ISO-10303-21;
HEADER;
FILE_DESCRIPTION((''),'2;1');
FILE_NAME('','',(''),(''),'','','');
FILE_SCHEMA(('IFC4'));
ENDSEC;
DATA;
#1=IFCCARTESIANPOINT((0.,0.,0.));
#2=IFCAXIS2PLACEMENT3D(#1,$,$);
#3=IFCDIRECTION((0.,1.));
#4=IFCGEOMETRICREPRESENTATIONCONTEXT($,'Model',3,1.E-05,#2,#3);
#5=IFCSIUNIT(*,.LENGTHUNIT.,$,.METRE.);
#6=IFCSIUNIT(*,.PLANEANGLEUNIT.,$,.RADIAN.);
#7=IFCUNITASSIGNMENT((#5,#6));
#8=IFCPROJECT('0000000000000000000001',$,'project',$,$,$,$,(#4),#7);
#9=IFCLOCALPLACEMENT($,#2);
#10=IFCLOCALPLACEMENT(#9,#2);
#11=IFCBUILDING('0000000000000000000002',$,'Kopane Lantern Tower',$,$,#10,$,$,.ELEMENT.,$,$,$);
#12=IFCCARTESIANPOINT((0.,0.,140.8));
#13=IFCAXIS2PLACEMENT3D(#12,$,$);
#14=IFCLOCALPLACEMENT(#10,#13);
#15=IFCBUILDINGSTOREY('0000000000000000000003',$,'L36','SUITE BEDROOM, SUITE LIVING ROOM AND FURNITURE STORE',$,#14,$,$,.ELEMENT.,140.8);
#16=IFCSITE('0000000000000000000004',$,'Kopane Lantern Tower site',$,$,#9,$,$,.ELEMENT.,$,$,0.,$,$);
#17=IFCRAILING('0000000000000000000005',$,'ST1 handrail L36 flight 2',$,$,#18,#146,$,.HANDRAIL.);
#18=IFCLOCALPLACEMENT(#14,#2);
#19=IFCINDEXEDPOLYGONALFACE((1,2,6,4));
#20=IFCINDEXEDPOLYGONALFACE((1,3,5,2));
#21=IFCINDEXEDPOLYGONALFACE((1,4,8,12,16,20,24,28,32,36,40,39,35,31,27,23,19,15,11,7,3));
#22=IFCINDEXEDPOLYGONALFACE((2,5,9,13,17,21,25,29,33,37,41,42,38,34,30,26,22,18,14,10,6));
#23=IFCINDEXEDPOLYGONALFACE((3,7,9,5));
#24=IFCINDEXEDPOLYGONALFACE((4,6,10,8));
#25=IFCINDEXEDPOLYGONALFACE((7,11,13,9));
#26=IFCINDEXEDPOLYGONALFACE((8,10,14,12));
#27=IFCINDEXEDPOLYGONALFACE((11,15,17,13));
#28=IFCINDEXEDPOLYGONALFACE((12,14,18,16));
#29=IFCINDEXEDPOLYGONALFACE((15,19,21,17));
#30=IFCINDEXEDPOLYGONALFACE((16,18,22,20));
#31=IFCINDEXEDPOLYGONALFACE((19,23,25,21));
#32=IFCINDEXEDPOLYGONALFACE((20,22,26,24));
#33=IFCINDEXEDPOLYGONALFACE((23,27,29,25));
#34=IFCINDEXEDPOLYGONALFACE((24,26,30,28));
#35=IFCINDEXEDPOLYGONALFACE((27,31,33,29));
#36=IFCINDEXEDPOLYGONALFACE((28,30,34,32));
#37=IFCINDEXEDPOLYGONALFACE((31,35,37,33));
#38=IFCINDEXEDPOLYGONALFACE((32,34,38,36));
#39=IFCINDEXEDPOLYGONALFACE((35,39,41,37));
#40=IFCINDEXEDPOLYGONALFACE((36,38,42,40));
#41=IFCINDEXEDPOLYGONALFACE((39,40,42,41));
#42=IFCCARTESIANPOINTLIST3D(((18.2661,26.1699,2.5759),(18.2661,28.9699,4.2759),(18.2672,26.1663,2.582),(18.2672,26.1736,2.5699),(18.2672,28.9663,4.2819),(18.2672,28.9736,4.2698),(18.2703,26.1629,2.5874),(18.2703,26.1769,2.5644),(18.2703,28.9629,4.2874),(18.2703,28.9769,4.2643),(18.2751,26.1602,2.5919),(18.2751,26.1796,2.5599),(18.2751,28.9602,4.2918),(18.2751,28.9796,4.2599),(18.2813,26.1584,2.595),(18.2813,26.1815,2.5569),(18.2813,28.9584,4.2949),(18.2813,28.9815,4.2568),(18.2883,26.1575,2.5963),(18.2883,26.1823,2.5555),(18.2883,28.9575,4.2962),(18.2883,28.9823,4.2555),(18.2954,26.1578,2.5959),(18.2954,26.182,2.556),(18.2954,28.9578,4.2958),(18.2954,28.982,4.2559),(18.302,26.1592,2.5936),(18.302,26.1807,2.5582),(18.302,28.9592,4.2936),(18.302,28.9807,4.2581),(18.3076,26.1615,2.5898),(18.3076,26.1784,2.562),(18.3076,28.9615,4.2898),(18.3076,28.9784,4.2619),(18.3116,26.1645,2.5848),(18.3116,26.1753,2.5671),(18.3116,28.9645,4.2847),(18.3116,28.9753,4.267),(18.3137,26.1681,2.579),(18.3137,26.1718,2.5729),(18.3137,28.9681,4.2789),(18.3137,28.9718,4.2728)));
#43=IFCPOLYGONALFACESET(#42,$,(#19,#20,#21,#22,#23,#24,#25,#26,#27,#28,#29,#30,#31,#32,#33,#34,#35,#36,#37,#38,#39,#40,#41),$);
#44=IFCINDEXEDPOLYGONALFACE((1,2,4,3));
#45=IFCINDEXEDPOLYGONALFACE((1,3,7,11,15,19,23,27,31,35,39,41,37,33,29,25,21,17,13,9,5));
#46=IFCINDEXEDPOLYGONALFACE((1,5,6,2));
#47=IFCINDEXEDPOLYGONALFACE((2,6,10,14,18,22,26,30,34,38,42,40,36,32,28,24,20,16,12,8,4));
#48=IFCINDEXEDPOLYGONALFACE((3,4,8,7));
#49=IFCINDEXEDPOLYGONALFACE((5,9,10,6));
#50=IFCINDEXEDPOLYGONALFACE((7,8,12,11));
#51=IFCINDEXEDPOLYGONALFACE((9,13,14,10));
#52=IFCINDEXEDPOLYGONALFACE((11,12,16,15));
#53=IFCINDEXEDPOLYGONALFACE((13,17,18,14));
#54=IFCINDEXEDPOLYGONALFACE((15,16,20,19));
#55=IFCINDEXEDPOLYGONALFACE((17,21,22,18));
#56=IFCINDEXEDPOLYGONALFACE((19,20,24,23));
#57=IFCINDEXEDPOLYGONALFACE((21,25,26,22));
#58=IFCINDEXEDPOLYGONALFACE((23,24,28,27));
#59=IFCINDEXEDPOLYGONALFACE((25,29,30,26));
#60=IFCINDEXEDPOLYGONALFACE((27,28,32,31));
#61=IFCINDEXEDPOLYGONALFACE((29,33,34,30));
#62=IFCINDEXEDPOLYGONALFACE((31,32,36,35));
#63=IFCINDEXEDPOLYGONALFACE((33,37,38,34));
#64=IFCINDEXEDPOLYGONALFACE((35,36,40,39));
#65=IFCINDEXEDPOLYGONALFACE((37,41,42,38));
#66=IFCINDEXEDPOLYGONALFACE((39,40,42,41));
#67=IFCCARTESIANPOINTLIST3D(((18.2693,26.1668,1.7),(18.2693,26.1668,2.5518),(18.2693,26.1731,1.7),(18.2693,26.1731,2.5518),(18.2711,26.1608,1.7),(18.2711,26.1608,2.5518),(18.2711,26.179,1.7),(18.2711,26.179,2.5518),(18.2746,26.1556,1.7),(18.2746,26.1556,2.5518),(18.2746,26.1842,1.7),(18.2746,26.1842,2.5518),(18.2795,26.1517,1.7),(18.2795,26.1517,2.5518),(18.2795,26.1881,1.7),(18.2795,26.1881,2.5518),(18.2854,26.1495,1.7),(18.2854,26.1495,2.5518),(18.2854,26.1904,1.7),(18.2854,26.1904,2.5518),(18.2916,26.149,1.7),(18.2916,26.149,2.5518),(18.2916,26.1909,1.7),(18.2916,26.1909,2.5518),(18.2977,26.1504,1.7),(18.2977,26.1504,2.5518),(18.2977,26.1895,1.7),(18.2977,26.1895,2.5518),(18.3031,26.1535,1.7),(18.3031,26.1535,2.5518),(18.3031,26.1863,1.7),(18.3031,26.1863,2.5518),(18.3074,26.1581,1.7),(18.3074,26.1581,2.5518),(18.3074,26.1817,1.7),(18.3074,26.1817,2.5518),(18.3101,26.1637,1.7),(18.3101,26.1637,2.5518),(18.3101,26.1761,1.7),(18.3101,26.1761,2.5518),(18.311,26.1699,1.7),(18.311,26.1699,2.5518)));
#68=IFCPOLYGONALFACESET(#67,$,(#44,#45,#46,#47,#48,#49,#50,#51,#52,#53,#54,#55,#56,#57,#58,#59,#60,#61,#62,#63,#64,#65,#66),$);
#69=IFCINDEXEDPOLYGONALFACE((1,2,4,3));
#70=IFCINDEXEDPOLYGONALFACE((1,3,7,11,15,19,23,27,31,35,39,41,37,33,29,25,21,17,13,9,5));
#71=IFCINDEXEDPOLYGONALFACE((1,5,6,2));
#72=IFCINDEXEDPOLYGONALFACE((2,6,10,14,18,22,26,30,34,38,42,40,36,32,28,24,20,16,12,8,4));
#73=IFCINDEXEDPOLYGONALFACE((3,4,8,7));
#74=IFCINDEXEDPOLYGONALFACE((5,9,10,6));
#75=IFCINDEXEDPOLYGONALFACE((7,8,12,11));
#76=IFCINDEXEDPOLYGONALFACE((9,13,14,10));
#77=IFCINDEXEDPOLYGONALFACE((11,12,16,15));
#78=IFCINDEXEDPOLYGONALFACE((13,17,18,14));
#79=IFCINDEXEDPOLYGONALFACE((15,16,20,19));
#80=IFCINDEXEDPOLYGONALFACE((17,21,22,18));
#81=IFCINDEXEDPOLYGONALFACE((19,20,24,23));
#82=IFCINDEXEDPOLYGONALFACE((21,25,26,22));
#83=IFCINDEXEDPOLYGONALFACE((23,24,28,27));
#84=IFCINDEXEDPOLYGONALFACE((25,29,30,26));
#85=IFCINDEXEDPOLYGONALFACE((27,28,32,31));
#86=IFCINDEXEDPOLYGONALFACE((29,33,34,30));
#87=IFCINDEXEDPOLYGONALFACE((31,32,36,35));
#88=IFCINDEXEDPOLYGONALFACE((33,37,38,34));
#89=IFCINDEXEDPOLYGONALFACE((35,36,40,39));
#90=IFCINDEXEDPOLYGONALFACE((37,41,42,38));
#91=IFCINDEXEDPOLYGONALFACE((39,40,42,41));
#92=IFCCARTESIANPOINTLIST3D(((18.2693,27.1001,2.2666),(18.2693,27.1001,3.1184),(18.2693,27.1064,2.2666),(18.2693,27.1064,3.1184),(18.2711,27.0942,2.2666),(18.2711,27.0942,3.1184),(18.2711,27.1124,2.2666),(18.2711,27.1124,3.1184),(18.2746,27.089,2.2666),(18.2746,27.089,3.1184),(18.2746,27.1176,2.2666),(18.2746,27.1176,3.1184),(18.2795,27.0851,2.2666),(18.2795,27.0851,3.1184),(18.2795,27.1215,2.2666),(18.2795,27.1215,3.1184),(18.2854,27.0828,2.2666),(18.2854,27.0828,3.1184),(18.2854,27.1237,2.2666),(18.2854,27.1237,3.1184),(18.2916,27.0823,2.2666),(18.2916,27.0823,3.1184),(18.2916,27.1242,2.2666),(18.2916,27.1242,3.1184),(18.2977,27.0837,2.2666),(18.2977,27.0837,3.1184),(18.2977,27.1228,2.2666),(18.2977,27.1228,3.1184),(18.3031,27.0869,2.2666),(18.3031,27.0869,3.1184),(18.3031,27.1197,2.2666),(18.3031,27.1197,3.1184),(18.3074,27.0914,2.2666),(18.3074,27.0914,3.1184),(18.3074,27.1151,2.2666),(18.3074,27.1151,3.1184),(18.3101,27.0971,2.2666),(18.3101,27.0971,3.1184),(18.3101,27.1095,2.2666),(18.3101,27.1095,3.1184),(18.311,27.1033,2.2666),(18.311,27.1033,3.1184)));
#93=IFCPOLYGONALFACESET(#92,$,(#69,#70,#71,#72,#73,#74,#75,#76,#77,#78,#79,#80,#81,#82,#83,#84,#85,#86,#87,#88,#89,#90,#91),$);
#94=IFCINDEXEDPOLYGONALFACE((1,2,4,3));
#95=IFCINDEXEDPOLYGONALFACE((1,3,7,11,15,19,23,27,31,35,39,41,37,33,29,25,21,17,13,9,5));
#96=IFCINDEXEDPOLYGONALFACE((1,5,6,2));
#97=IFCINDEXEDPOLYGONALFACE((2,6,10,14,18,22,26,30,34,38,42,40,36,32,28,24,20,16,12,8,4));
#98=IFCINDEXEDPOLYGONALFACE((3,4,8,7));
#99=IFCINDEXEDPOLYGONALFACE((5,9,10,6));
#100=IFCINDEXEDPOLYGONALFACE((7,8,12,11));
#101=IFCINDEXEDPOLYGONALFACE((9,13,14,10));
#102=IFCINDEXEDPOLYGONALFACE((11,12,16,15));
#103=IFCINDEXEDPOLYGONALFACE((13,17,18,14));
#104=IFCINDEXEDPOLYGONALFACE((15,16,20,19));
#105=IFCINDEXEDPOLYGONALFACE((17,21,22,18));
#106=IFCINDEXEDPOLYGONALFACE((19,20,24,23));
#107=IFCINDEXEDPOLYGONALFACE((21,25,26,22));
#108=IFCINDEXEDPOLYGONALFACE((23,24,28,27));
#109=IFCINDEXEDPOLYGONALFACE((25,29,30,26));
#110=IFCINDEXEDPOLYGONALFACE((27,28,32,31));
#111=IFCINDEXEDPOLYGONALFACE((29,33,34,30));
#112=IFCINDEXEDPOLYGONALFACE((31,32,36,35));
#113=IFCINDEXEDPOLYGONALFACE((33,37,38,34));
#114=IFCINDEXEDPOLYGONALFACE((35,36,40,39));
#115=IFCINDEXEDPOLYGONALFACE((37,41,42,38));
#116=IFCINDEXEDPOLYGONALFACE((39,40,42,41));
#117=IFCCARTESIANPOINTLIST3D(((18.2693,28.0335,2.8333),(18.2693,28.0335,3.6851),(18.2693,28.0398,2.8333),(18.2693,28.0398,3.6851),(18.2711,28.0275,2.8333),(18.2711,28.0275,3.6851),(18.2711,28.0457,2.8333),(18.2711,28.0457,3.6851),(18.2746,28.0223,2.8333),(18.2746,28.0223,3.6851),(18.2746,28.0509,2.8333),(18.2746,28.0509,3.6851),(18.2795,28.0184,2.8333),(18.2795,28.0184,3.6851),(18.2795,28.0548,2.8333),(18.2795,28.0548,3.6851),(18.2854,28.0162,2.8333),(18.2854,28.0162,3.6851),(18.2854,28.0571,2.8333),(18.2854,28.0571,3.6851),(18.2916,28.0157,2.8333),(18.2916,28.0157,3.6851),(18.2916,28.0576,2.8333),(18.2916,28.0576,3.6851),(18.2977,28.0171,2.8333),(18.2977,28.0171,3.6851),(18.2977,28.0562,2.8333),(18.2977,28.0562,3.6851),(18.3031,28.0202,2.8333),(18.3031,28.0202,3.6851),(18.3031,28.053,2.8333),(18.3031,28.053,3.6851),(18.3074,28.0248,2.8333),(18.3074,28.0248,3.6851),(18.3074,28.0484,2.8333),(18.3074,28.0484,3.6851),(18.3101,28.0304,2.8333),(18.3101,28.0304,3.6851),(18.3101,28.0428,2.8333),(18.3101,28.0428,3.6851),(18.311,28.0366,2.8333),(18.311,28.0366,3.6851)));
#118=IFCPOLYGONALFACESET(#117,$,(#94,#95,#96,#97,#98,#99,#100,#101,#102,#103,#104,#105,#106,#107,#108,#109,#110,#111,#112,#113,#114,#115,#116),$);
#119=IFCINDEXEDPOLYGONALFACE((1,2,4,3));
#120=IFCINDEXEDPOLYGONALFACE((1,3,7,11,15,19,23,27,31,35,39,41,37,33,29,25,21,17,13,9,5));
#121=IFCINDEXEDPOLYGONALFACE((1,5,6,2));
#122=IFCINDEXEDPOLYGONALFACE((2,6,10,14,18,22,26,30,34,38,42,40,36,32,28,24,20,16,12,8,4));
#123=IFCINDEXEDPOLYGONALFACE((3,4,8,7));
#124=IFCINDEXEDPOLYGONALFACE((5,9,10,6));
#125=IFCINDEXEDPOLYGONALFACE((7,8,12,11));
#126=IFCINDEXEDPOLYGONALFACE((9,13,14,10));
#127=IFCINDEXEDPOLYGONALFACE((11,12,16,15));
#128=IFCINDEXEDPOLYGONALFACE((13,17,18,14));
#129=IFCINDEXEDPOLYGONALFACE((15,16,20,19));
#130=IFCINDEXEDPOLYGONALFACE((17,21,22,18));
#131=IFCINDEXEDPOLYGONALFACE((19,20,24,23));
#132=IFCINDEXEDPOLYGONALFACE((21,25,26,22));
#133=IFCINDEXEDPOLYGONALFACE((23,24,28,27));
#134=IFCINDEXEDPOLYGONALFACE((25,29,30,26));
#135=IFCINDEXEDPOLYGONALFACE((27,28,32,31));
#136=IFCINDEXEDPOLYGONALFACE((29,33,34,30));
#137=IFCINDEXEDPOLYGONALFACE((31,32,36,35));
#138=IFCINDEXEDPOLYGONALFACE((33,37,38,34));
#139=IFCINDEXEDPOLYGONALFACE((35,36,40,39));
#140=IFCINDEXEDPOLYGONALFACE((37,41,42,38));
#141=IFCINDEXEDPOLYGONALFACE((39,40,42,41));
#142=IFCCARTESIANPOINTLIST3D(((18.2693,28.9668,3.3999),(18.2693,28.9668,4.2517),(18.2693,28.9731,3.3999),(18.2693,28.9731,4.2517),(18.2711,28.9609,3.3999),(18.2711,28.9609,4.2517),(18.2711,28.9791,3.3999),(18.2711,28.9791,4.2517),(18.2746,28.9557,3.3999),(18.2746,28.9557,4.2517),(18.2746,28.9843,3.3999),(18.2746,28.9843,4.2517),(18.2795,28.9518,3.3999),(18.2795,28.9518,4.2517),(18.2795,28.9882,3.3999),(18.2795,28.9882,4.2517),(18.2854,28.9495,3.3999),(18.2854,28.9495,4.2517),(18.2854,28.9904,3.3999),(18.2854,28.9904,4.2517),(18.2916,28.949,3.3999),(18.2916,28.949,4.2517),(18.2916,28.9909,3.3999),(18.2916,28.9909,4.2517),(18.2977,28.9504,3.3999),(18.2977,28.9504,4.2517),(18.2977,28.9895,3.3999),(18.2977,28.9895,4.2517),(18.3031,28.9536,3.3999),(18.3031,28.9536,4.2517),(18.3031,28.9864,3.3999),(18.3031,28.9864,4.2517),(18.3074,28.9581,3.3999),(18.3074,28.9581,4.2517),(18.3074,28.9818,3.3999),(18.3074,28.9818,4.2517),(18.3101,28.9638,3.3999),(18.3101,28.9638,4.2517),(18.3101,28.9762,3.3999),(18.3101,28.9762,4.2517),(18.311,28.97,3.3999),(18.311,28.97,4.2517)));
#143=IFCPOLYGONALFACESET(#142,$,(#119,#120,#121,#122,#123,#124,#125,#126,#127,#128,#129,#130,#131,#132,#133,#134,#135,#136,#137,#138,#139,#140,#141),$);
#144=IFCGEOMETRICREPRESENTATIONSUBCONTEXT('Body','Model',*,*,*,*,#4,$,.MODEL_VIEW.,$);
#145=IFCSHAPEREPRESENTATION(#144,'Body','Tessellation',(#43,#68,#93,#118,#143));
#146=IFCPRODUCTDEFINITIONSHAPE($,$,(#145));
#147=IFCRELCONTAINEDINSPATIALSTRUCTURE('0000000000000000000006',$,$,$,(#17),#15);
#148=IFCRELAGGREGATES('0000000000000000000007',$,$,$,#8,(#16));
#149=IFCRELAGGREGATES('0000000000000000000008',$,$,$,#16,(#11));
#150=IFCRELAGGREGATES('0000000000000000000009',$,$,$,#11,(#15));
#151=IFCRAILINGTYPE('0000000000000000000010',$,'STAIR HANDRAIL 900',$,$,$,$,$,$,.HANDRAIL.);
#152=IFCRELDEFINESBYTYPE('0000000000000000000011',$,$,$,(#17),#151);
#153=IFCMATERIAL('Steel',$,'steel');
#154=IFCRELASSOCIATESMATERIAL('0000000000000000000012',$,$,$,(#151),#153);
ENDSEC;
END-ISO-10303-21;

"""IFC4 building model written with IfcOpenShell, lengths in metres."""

from ifc_helpers import new_model, si_unit, direction, frame, origin, origin_2d, place, context, subcontext, project, spatial, circle, extrude, material, type_object, element, save


model = new_model("IFC4")

# Units and contexts
model_context = context("Model", 3, precision=1e-05, world=origin(), true_north=direction((0.0, 1.0)))
body_context = subcontext(model_context, "Body", "Model", "MODEL_VIEW")
ifc_project = project(units=[si_unit("LENGTHUNIT", "METRE"), si_unit("PLANEANGLEUNIT", "RADIAN")], contexts=[model_context])

# Site, building, storey
site_placement = place(None, origin())
site = spatial("IfcSite", under=ifc_project, at=site_placement, Name="Kopane Lantern Tower site", CompositionType="ELEMENT", RefElevation=0.0)
building_placement = place(site_placement, origin())
building = spatial("IfcBuilding", under=site, at=building_placement, Name="Kopane Lantern Tower", CompositionType="ELEMENT")
storey_placement = place(building_placement, frame((0.0, 0.0, 140.8)))
storey = spatial("IfcBuildingStorey", under=building, at=storey_placement, Name="L36", Description="SUITE BEDROOM, SUITE LIVING ROOM AND FURNITURE STORE", CompositionType="ELEMENT", Elevation=140.8)

# Railing
ifc_material_1 = material(Name="Steel", Category="steel")
railing_type_1 = type_object("IfcRailingType", Name="STAIR HANDRAIL 900", PredefinedType="HANDRAIL", material=ifc_material_1)
for number, where, name in (
    (1, (18.29, 26.1699, 1.7), "ST1 handrail L36 flight 2"),
):
    element("IfcRailing", number, at=place(storey_placement, frame(where)), inside=storey, type_object=railing_type_1, Name=name, PredefinedType="HANDRAIL", context=body_context, shape_type="SweptSolid", body=[
        extrude(circle(Radius=0.0239, at=origin_2d()), frame((0.0, 0.0, 0.876), z_axis=(0.0, 0.854798, 0.518961), x_axis=(-1.0, 0.0, 0.0)), (0.0, 0.0, 1.0), 3.2756),
        extrude(circle(Radius=0.021, at=origin_2d()), origin(), (0.0, 0.0, 1.0), 0.8518),
        extrude(circle(Radius=0.021, at=origin_2d()), frame((0.0, 0.9333, 0.5667)), (0.0, 0.0, 1.0), 0.8518),
        extrude(circle(Radius=0.021, at=origin_2d()), frame((0.0, 1.8667, 1.1333)), (0.0, 0.0, 1.0), 0.8518),
        extrude(circle(Radius=0.021, at=origin_2d()), frame((0.0, 2.8, 1.7)), (0.0, 0.0, 1.0), 0.8518),
    ])

save(model, "model.ifc")
